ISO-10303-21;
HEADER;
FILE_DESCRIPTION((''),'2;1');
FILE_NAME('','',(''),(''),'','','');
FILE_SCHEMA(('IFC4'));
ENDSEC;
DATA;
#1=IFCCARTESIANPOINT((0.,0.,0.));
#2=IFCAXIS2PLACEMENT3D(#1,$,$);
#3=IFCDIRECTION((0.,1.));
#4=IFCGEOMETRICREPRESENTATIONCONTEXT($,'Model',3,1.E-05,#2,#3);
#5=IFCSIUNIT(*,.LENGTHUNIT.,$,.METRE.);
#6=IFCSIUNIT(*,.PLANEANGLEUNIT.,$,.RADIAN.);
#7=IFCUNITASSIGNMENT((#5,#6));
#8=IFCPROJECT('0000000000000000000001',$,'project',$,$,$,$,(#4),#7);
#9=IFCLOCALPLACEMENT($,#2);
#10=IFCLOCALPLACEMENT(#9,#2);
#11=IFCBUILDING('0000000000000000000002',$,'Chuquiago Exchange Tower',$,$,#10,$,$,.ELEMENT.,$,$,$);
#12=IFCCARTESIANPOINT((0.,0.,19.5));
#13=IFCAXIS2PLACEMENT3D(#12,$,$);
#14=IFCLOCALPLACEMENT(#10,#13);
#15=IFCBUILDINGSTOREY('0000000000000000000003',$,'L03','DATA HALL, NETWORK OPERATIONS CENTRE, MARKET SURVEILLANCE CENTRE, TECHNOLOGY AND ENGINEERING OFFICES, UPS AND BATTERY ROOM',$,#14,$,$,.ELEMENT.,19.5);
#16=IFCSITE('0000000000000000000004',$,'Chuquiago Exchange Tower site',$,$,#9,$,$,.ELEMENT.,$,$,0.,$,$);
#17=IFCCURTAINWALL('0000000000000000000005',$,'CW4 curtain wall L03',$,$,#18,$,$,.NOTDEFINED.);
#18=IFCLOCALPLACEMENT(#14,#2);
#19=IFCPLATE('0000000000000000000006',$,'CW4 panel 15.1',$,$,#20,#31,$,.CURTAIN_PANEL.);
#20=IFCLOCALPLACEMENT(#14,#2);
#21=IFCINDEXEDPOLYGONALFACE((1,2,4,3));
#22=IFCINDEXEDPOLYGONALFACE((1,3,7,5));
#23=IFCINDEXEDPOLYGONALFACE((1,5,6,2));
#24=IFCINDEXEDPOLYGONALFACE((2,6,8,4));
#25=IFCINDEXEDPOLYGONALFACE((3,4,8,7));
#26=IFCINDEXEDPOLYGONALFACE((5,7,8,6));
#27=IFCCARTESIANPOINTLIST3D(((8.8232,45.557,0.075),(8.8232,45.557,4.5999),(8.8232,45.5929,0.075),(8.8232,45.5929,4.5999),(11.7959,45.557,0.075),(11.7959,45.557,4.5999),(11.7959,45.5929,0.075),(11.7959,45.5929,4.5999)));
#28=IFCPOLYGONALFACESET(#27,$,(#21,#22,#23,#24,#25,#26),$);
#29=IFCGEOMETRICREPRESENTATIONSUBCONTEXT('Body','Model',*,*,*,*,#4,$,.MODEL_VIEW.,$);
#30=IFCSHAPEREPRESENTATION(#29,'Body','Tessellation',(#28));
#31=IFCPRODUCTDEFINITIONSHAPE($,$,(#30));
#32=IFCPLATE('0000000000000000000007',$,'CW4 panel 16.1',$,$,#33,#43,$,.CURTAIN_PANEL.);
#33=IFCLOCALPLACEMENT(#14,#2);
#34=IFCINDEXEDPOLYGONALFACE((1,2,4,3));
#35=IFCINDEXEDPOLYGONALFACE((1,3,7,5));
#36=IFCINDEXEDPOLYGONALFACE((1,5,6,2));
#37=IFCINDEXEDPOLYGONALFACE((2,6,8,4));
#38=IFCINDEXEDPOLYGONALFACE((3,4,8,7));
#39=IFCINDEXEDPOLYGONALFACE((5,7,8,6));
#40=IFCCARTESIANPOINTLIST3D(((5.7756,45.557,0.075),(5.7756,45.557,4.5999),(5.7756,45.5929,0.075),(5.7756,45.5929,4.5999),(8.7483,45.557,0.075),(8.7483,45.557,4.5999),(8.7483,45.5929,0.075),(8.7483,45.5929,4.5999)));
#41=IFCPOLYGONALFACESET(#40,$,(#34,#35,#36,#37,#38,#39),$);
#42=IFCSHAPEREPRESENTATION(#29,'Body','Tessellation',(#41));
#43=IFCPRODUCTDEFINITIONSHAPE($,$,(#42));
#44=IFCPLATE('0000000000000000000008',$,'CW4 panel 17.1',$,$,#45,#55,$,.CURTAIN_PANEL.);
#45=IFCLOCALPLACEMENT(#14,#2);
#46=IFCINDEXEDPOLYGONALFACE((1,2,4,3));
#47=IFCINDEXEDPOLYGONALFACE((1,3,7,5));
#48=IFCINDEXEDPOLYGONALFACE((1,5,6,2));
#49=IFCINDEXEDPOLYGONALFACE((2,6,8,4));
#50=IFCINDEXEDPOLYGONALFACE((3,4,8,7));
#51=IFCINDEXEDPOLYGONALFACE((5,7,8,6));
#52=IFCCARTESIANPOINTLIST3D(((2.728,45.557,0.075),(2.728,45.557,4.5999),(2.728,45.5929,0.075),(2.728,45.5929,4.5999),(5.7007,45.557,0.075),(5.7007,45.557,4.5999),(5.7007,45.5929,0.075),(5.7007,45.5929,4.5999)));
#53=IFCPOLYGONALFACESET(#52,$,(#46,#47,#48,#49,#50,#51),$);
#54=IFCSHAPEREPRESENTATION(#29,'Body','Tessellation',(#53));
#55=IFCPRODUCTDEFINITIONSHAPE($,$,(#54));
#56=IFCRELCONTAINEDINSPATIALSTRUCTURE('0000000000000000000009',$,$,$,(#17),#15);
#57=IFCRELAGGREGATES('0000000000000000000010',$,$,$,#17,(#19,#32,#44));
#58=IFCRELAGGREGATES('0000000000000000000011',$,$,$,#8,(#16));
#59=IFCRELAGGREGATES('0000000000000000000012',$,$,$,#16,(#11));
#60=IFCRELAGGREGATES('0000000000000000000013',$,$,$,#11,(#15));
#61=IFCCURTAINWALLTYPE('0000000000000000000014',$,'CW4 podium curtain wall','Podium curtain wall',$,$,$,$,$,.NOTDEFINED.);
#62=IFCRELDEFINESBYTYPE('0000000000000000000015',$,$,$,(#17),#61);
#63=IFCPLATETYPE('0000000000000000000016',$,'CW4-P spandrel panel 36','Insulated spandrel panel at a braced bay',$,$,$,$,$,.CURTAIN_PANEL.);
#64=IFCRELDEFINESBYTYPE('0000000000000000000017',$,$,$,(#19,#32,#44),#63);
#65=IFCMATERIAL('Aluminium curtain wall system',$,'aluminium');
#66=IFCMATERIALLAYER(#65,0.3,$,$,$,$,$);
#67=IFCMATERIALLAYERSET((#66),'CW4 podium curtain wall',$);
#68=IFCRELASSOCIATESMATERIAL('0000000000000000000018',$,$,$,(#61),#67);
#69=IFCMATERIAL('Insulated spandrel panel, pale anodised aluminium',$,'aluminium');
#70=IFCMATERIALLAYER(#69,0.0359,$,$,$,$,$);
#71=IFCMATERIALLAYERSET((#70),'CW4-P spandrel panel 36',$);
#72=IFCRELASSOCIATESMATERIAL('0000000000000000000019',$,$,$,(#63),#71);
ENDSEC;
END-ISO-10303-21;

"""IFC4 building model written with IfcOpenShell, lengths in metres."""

from ifc_helpers import new_model, si_unit, direction, frame, origin, origin_2d, place, context, subcontext, project, spatial, rectangle, extrude, material, layer, layer_set, type_object, element, aggregate, save


model = new_model("IFC4")

# Units and contexts
model_context = context("Model", 3, precision=1e-05, world=origin(), true_north=direction((0.0, 1.0)))
body_context = subcontext(model_context, "Body", "Model", "MODEL_VIEW")
ifc_project = project(units=[si_unit("LENGTHUNIT", "METRE"), si_unit("PLANEANGLEUNIT", "RADIAN")], contexts=[model_context])

# Site, building, storey
site_placement = place(None, origin())
site = spatial("IfcSite", under=ifc_project, at=site_placement, Name="Chuquiago Exchange Tower site", CompositionType="ELEMENT", RefElevation=0.0)
building_placement = place(site_placement, origin())
building = spatial("IfcBuilding", under=site, at=building_placement, Name="Chuquiago Exchange Tower", CompositionType="ELEMENT")
storey_placement = place(building_placement, frame((0.0, 0.0, 19.5)))
storey = spatial("IfcBuildingStorey", under=building, at=storey_placement, Name="L03", Description="DATA HALL, NETWORK OPERATIONS CENTRE, MARKET SURVEILLANCE CENTRE, TECHNOLOGY AND ENGINEERING OFFICES, UPS AND BATTERY ROOM", CompositionType="ELEMENT", Elevation=19.5)

# Curtain wall
ifc_material_1 = material(Name="Aluminium curtain wall system", Category="aluminium")
ifc_layer_1 = layer(ifc_material_1, 0.3)
ifc_layer_set_1 = layer_set([ifc_layer_1], Name="CW4 podium curtain wall")
curtain_wall_type = type_object("IfcCurtainWallType", Name="CW4 podium curtain wall", Description="Podium curtain wall", PredefinedType="NOTDEFINED", material=ifc_layer_set_1)
curtain_wall_placement = place(storey_placement, origin())
curtain_wall = element("IfcCurtainWall", 1, at=curtain_wall_placement, inside=storey, type_object=curtain_wall_type, Name="CW4 curtain wall L03", PredefinedType="NOTDEFINED")

# Plates
ifc_material_2 = material(Name="Insulated spandrel panel, pale anodised aluminium", Category="aluminium")
ifc_layer_2 = layer(ifc_material_2, 0.0359)
ifc_layer_set_2 = layer_set([ifc_layer_2], Name="CW4-P spandrel panel 36")
plate_type_1 = type_object("IfcPlateType", Name="CW4-P spandrel panel 36", Description="Insulated spandrel panel at a braced bay", PredefinedType="CURTAIN_PANEL", material=ifc_layer_set_2)
plate_1_placement = place(storey_placement, frame((10.3096, 45.575, 0.075), z_axis=(0.0, 0.0, 1.0), x_axis=(-1.0, 0.0, 0.0)))
plate_1 = element("IfcPlate", 2, at=plate_1_placement, type_object=plate_type_1, Name="CW4 panel 15.1", PredefinedType="CURTAIN_PANEL", context=body_context, shape_type="SweptSolid", body=[
    extrude(rectangle(XDim=2.9727, YDim=0.0359, at=origin_2d()), origin(), (0.0, 0.0, 1.0), 4.5249),
])
plate_2_placement = place(storey_placement, frame((7.262, 45.575, 0.075), z_axis=(0.0, 0.0, 1.0), x_axis=(-1.0, 0.0, 0.0)))
plate_2 = element("IfcPlate", 3, at=plate_2_placement, type_object=plate_type_1, Name="CW4 panel 16.1", PredefinedType="CURTAIN_PANEL", context=body_context, shape_type="SweptSolid", body=[
    extrude(rectangle(XDim=2.9727, YDim=0.0359, at=origin_2d()), origin(), (0.0, 0.0, 1.0), 4.5249),
])
plate_3_placement = place(storey_placement, frame((4.2144, 45.575, 0.075), z_axis=(0.0, 0.0, 1.0), x_axis=(-1.0, 0.0, 0.0)))
plate_3 = element("IfcPlate", 4, at=plate_3_placement, type_object=plate_type_1, Name="CW4 panel 17.1", PredefinedType="CURTAIN_PANEL", context=body_context, shape_type="SweptSolid", body=[
    extrude(rectangle(XDim=2.9727, YDim=0.0359, at=origin_2d()), origin(), (0.0, 0.0, 1.0), 4.5249),
])
aggregate(curtain_wall, [plate_1, plate_2, plate_3])

save(model, "model.ifc")
